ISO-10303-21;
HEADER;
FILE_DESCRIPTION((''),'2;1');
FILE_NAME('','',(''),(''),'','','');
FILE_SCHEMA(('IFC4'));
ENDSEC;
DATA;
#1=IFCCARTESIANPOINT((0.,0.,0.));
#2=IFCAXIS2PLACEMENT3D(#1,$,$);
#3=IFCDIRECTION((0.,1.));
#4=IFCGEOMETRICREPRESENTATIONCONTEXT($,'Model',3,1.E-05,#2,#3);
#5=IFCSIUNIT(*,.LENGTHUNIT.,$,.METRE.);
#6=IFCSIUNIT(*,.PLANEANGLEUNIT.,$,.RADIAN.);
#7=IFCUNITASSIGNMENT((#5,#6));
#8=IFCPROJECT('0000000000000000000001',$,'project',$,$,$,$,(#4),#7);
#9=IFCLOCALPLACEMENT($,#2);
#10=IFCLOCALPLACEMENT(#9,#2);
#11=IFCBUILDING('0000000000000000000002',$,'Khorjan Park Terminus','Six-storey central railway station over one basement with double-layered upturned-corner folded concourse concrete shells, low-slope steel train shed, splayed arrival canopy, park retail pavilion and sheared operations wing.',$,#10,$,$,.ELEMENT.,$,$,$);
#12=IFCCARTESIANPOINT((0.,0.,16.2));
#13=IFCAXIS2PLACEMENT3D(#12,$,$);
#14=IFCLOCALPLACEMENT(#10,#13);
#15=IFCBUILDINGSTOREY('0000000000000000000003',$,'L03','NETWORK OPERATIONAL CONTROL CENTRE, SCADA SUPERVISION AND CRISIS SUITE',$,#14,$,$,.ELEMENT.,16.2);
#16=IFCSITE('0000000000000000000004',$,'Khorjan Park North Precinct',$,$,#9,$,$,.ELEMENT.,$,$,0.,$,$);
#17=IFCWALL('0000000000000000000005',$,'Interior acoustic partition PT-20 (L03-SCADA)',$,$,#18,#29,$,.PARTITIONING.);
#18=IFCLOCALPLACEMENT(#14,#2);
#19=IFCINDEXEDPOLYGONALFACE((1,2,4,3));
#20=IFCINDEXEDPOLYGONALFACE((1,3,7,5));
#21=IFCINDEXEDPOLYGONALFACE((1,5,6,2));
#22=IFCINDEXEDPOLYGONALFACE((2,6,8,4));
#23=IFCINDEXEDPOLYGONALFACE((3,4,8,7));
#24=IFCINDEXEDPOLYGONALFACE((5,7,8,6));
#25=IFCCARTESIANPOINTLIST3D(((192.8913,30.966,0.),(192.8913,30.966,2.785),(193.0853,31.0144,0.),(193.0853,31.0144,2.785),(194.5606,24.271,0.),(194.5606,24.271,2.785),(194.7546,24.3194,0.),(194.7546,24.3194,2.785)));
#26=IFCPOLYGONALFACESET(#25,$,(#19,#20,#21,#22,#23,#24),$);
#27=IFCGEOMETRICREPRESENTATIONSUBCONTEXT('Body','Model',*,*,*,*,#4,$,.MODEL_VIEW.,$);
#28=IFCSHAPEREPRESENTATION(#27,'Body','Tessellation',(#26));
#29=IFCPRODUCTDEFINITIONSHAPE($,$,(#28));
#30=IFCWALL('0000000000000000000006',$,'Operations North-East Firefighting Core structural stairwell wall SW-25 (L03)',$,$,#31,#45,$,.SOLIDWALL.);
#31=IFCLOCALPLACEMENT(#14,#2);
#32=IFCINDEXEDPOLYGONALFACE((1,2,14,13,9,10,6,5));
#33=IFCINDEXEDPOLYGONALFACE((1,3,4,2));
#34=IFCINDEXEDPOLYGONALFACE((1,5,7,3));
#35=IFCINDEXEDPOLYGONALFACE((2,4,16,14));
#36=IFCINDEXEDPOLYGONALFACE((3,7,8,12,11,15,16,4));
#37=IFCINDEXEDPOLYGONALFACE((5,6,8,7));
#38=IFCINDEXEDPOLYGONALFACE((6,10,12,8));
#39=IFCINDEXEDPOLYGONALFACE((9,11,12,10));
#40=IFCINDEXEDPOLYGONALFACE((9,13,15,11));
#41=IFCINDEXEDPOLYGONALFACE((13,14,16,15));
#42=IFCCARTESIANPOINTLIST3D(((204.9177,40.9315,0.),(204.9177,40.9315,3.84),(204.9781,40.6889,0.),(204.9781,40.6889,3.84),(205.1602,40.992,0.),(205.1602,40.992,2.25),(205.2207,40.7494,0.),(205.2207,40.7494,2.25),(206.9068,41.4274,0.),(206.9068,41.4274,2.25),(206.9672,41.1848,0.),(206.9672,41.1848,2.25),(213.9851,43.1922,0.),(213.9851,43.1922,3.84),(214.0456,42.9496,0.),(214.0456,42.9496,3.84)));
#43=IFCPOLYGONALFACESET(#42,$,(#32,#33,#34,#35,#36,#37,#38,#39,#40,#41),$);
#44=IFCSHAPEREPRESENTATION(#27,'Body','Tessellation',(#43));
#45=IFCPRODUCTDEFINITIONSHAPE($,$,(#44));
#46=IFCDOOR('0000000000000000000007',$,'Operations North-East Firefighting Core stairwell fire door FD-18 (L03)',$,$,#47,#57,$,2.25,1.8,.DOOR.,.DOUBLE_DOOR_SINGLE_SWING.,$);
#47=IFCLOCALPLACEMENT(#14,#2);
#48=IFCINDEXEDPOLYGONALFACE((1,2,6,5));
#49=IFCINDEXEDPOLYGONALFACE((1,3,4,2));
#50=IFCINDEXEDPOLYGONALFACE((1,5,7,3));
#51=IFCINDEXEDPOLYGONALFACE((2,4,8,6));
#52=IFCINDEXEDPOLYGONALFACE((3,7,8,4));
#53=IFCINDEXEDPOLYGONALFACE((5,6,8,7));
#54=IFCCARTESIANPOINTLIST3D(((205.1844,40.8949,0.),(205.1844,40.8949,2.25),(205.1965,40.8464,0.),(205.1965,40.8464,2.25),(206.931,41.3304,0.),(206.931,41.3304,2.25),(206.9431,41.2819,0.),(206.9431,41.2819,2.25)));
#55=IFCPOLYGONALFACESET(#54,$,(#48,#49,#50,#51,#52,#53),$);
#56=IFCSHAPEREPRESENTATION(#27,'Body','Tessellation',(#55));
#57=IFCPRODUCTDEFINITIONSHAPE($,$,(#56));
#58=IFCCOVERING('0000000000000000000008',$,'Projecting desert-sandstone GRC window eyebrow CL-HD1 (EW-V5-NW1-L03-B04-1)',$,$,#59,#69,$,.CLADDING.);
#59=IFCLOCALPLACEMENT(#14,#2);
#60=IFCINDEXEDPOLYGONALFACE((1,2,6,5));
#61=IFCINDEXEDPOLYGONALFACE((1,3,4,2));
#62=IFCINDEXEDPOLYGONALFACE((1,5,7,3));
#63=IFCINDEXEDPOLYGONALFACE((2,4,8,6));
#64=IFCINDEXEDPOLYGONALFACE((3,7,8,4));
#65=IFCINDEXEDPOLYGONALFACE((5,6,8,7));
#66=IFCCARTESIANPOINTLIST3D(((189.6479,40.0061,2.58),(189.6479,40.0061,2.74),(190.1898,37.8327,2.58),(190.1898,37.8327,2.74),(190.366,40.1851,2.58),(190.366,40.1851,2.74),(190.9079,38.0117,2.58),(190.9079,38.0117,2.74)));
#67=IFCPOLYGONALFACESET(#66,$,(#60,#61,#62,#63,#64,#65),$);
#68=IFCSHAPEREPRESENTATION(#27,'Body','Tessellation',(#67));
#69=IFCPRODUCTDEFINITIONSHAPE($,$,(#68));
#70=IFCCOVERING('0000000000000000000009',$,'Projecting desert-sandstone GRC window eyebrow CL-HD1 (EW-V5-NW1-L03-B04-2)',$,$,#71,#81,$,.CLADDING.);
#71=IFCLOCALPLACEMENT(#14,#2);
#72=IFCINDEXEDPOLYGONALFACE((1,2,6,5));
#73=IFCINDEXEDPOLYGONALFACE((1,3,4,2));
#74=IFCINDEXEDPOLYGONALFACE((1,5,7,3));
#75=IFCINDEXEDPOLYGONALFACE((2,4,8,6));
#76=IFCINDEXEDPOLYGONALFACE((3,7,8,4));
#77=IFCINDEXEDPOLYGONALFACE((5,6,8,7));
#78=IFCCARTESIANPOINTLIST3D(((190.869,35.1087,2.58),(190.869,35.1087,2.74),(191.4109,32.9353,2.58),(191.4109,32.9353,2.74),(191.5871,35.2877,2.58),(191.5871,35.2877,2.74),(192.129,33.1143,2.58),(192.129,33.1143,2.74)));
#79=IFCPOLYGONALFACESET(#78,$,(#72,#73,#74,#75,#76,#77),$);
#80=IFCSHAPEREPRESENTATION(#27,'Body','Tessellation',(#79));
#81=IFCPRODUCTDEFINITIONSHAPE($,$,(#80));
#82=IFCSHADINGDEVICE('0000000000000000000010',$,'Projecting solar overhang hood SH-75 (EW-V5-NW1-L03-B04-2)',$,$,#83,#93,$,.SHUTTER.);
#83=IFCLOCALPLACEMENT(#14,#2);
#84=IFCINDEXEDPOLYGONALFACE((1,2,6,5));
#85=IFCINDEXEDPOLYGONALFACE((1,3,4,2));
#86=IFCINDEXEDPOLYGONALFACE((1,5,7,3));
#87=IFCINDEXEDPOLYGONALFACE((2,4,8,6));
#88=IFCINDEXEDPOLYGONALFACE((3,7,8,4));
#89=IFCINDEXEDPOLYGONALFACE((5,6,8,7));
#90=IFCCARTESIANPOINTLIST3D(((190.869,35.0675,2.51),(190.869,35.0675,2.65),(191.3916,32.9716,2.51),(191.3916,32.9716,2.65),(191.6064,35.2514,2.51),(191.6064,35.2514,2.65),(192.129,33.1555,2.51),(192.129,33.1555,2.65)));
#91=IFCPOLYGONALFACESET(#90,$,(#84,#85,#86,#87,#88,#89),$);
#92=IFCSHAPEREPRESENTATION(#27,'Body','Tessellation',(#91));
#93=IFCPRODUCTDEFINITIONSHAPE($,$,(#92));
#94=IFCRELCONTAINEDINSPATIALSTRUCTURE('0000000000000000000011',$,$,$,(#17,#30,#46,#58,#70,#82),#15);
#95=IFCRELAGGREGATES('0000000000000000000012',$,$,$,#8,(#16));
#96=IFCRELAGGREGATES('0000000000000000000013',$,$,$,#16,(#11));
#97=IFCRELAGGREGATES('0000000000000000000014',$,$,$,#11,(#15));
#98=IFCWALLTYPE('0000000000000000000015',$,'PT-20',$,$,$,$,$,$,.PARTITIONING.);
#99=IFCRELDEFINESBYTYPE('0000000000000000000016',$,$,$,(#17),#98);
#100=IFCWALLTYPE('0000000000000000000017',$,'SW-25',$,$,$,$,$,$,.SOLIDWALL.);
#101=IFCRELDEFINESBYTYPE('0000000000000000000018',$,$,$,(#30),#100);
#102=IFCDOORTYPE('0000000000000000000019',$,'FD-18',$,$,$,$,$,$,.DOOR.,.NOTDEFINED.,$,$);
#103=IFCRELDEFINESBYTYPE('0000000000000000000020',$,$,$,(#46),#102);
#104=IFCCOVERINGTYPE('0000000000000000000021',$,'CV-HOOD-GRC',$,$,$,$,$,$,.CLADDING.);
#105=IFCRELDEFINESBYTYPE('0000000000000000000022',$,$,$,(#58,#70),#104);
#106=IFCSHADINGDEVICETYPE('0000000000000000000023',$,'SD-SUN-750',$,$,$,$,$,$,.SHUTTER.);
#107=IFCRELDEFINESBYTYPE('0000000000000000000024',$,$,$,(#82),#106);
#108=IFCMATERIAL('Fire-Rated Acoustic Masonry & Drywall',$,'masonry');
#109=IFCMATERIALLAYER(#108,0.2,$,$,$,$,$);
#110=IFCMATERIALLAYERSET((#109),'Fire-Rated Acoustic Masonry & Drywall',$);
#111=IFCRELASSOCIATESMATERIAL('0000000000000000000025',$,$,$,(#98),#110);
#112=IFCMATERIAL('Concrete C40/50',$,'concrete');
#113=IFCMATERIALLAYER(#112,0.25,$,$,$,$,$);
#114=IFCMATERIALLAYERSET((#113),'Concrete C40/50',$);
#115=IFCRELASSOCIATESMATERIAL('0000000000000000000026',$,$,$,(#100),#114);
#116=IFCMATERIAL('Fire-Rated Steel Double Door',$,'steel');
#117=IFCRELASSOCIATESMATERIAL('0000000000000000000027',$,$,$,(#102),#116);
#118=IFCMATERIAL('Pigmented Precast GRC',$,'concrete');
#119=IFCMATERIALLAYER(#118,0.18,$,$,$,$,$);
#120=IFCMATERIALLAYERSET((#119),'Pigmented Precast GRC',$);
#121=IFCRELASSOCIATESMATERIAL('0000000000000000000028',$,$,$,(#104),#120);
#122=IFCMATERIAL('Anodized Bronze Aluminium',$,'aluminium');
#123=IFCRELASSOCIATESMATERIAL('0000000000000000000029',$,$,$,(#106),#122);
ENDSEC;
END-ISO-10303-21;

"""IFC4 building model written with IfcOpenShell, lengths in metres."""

from ifc_helpers import new_model, si_unit, direction, frame, frame_2d, origin, origin_2d, place, context, subcontext, project, spatial, rectangle, extrude, material, layer, layer_set, type_object, element, fill, save


model = new_model("IFC4")

# Units and contexts
model_context = context("Model", 3, precision=1e-05, world=origin(), true_north=direction((0.0, 1.0)))
body_context = subcontext(model_context, "Body", "Model", "MODEL_VIEW")
ifc_project = project(units=[si_unit("LENGTHUNIT", "METRE"), si_unit("PLANEANGLEUNIT", "RADIAN")], contexts=[model_context])

# Site, building, storey
site_placement = place(None, origin())
site = spatial("IfcSite", under=ifc_project, at=site_placement, Name="Khorjan Park North Precinct", CompositionType="ELEMENT", RefElevation=0.0)
building_placement = place(site_placement, origin())
building = spatial("IfcBuilding", under=site, at=building_placement, Name="Khorjan Park Terminus", Description="Six-storey central railway station over one basement with double-layered upturned-corner folded concourse concrete shells, low-slope steel train shed, splayed arrival canopy, park retail pavilion and sheared operations wing.", CompositionType="ELEMENT")
storey_placement = place(building_placement, frame((0.0, 0.0, 16.2)))
storey = spatial("IfcBuildingStorey", under=building, at=storey_placement, Name="L03", Description="NETWORK OPERATIONAL CONTROL CENTRE, SCADA SUPERVISION AND CRISIS SUITE", CompositionType="ELEMENT", Elevation=16.2)

# Shared definitions
ifc_material_1 = material(Name="Concrete C40/50", Category="concrete")

# Shared definitions
ifc_material_2 = material(Name="Anodized Bronze Aluminium", Category="aluminium")

# Wall
ifc_material_3 = material(Name="Fire-Rated Acoustic Masonry & Drywall", Category="masonry")
ifc_layer_1 = layer(ifc_material_3, 0.2)
ifc_layer_set_1 = layer_set([ifc_layer_1], Name="Fire-Rated Acoustic Masonry & Drywall")
wall_type_1 = type_object("IfcWallType", Name="PT-20", PredefinedType="PARTITIONING", material=ifc_layer_set_1)
wall_1_placement = place(storey_placement, frame((192.9883, 30.9902, 0.0), z_axis=(0.0, 0.0, 1.0), x_axis=(0.241929, -0.970294, 0.0)))
element("IfcWall", 1, at=wall_1_placement, inside=storey, type_object=wall_type_1, Name="Interior acoustic partition PT-20 (L03-SCADA)", PredefinedType="PARTITIONING", context=body_context, shape_type="SweptSolid", body=[
    extrude(rectangle(XDim=6.9, YDim=0.2, at=frame_2d((3.45, 0.0))), origin(), (0.0, 0.0, 1.0), 2.785),
])

# Wall, opening, door
ifc_layer_2 = layer(ifc_material_1, 0.25)
ifc_layer_set_2 = layer_set([ifc_layer_2], Name="Concrete C40/50")
wall_type_2 = type_object("IfcWallType", Name="SW-25", PredefinedType="SOLIDWALL", material=ifc_layer_set_2)
wall_2_placement = place(storey_placement, frame((204.9479, 40.8102, 0.0), z_axis=(0.0, 0.0, 1.0), x_axis=(0.970297, 0.241916, 0.0)))
wall_2 = element("IfcWall", 2, at=wall_2_placement, inside=storey, type_object=wall_type_2, Name="Operations North-East Firefighting Core structural stairwell wall SW-25 (L03)", PredefinedType="SOLIDWALL", context=body_context, shape_type="SweptSolid", body=[
    extrude(rectangle(XDim=9.345, YDim=0.25, at=frame_2d((4.6725, 0.0))), origin(), (0.0, 0.0, 1.0), 3.84),
])
opening_placement = place(wall_2_placement, frame((0.25, 0.0, 0.0)))
opening = element("IfcOpeningElement", 3, at=opening_placement, cuts=wall_2, PredefinedType="OPENING", context=body_context, shape_type="SweptSolid", body=[
    extrude(rectangle(XDim=1.8, YDim=2.25, at=frame_2d((0.9, 1.125))), frame((0.0, 0.135, 0.0), z_axis=(0.0, -1.0, 0.0), x_axis=(1.0, 0.0, 0.0)), (0.0, 0.0, 1.0), 0.27),
])
ifc_material_4 = material(Name="Fire-Rated Steel Double Door", Category="steel")
door_type = type_object("IfcDoorType", Name="FD-18", OperationType="NOTDEFINED", PredefinedType="DOOR", material=ifc_material_4)
door_placement = place(opening_placement, origin())
door = element("IfcDoor", 4, at=door_placement, inside=storey, type_object=door_type, Name="Operations North-East Firefighting Core stairwell fire door FD-18 (L03)", OperationType="DOUBLE_DOOR_SINGLE_SWING", OverallHeight=2.25, OverallWidth=1.8, PredefinedType="DOOR", context=body_context, shape_type="SweptSolid", body=[
    extrude(rectangle(XDim=1.8, YDim=2.25, at=frame_2d((0.9, 1.125))), frame((0.0, 0.025, 0.0), z_axis=(0.0, -1.0, 0.0), x_axis=(1.0, 0.0, 0.0)), (0.0, 0.0, 1.0), 0.05),
])
fill(opening, door)

# Coverings
ifc_material_5 = material(Name="Pigmented Precast GRC", Category="concrete")
ifc_layer_3 = layer(ifc_material_5, 0.18)
ifc_layer_set_3 = layer_set([ifc_layer_3], Name="Pigmented Precast GRC")
covering_type = type_object("IfcCoveringType", Name="CV-HOOD-GRC", PredefinedType="CLADDING", material=ifc_layer_set_3)
for number, where, z_axis, x_axis, name in (
    (5, (190.2779, 39.0089, 2.58), (0.0, 0.0, 1.0), (0.241927, -0.970294, 0.0), "Projecting desert-sandstone GRC window eyebrow CL-HD1 (EW-V5-NW1-L03-B04-1)"),
    (6, (191.499, 34.1115, 2.58), (0.0, 0.0, 1.0), (0.241927, -0.970294, 0.0), "Projecting desert-sandstone GRC window eyebrow CL-HD1 (EW-V5-NW1-L03-B04-2)"),
):
    element("IfcCovering", number, at=place(storey_placement, frame(where, z_axis=z_axis, x_axis=x_axis)), inside=storey, type_object=covering_type, Name=name, PredefinedType="CLADDING", context=body_context, shape_type="SweptSolid", body=[
        extrude(rectangle(XDim=2.24, YDim=0.74, at=origin_2d()), origin(), (0.0, 0.0, 1.0), 0.16),
    ])

# Shading device
shading_device_type = type_object("IfcShadingDeviceType", Name="SD-SUN-750", PredefinedType="SHUTTER", material=ifc_material_2)
shading_device_placement = place(storey_placement, frame((191.499, 34.1115, 2.51), z_axis=(0.0, 0.0, 1.0), x_axis=(0.241927, -0.970294, 0.0)))
element("IfcShadingDevice", 7, at=shading_device_placement, inside=storey, type_object=shading_device_type, Name="Projecting solar overhang hood SH-75 (EW-V5-NW1-L03-B04-2)", PredefinedType="SHUTTER", context=body_context, shape_type="SweptSolid", body=[
    extrude(rectangle(XDim=2.16, YDim=0.76, at=origin_2d()), origin(), (0.0, 0.0, 1.0), 0.14),
])

save(model, "model.ifc")
